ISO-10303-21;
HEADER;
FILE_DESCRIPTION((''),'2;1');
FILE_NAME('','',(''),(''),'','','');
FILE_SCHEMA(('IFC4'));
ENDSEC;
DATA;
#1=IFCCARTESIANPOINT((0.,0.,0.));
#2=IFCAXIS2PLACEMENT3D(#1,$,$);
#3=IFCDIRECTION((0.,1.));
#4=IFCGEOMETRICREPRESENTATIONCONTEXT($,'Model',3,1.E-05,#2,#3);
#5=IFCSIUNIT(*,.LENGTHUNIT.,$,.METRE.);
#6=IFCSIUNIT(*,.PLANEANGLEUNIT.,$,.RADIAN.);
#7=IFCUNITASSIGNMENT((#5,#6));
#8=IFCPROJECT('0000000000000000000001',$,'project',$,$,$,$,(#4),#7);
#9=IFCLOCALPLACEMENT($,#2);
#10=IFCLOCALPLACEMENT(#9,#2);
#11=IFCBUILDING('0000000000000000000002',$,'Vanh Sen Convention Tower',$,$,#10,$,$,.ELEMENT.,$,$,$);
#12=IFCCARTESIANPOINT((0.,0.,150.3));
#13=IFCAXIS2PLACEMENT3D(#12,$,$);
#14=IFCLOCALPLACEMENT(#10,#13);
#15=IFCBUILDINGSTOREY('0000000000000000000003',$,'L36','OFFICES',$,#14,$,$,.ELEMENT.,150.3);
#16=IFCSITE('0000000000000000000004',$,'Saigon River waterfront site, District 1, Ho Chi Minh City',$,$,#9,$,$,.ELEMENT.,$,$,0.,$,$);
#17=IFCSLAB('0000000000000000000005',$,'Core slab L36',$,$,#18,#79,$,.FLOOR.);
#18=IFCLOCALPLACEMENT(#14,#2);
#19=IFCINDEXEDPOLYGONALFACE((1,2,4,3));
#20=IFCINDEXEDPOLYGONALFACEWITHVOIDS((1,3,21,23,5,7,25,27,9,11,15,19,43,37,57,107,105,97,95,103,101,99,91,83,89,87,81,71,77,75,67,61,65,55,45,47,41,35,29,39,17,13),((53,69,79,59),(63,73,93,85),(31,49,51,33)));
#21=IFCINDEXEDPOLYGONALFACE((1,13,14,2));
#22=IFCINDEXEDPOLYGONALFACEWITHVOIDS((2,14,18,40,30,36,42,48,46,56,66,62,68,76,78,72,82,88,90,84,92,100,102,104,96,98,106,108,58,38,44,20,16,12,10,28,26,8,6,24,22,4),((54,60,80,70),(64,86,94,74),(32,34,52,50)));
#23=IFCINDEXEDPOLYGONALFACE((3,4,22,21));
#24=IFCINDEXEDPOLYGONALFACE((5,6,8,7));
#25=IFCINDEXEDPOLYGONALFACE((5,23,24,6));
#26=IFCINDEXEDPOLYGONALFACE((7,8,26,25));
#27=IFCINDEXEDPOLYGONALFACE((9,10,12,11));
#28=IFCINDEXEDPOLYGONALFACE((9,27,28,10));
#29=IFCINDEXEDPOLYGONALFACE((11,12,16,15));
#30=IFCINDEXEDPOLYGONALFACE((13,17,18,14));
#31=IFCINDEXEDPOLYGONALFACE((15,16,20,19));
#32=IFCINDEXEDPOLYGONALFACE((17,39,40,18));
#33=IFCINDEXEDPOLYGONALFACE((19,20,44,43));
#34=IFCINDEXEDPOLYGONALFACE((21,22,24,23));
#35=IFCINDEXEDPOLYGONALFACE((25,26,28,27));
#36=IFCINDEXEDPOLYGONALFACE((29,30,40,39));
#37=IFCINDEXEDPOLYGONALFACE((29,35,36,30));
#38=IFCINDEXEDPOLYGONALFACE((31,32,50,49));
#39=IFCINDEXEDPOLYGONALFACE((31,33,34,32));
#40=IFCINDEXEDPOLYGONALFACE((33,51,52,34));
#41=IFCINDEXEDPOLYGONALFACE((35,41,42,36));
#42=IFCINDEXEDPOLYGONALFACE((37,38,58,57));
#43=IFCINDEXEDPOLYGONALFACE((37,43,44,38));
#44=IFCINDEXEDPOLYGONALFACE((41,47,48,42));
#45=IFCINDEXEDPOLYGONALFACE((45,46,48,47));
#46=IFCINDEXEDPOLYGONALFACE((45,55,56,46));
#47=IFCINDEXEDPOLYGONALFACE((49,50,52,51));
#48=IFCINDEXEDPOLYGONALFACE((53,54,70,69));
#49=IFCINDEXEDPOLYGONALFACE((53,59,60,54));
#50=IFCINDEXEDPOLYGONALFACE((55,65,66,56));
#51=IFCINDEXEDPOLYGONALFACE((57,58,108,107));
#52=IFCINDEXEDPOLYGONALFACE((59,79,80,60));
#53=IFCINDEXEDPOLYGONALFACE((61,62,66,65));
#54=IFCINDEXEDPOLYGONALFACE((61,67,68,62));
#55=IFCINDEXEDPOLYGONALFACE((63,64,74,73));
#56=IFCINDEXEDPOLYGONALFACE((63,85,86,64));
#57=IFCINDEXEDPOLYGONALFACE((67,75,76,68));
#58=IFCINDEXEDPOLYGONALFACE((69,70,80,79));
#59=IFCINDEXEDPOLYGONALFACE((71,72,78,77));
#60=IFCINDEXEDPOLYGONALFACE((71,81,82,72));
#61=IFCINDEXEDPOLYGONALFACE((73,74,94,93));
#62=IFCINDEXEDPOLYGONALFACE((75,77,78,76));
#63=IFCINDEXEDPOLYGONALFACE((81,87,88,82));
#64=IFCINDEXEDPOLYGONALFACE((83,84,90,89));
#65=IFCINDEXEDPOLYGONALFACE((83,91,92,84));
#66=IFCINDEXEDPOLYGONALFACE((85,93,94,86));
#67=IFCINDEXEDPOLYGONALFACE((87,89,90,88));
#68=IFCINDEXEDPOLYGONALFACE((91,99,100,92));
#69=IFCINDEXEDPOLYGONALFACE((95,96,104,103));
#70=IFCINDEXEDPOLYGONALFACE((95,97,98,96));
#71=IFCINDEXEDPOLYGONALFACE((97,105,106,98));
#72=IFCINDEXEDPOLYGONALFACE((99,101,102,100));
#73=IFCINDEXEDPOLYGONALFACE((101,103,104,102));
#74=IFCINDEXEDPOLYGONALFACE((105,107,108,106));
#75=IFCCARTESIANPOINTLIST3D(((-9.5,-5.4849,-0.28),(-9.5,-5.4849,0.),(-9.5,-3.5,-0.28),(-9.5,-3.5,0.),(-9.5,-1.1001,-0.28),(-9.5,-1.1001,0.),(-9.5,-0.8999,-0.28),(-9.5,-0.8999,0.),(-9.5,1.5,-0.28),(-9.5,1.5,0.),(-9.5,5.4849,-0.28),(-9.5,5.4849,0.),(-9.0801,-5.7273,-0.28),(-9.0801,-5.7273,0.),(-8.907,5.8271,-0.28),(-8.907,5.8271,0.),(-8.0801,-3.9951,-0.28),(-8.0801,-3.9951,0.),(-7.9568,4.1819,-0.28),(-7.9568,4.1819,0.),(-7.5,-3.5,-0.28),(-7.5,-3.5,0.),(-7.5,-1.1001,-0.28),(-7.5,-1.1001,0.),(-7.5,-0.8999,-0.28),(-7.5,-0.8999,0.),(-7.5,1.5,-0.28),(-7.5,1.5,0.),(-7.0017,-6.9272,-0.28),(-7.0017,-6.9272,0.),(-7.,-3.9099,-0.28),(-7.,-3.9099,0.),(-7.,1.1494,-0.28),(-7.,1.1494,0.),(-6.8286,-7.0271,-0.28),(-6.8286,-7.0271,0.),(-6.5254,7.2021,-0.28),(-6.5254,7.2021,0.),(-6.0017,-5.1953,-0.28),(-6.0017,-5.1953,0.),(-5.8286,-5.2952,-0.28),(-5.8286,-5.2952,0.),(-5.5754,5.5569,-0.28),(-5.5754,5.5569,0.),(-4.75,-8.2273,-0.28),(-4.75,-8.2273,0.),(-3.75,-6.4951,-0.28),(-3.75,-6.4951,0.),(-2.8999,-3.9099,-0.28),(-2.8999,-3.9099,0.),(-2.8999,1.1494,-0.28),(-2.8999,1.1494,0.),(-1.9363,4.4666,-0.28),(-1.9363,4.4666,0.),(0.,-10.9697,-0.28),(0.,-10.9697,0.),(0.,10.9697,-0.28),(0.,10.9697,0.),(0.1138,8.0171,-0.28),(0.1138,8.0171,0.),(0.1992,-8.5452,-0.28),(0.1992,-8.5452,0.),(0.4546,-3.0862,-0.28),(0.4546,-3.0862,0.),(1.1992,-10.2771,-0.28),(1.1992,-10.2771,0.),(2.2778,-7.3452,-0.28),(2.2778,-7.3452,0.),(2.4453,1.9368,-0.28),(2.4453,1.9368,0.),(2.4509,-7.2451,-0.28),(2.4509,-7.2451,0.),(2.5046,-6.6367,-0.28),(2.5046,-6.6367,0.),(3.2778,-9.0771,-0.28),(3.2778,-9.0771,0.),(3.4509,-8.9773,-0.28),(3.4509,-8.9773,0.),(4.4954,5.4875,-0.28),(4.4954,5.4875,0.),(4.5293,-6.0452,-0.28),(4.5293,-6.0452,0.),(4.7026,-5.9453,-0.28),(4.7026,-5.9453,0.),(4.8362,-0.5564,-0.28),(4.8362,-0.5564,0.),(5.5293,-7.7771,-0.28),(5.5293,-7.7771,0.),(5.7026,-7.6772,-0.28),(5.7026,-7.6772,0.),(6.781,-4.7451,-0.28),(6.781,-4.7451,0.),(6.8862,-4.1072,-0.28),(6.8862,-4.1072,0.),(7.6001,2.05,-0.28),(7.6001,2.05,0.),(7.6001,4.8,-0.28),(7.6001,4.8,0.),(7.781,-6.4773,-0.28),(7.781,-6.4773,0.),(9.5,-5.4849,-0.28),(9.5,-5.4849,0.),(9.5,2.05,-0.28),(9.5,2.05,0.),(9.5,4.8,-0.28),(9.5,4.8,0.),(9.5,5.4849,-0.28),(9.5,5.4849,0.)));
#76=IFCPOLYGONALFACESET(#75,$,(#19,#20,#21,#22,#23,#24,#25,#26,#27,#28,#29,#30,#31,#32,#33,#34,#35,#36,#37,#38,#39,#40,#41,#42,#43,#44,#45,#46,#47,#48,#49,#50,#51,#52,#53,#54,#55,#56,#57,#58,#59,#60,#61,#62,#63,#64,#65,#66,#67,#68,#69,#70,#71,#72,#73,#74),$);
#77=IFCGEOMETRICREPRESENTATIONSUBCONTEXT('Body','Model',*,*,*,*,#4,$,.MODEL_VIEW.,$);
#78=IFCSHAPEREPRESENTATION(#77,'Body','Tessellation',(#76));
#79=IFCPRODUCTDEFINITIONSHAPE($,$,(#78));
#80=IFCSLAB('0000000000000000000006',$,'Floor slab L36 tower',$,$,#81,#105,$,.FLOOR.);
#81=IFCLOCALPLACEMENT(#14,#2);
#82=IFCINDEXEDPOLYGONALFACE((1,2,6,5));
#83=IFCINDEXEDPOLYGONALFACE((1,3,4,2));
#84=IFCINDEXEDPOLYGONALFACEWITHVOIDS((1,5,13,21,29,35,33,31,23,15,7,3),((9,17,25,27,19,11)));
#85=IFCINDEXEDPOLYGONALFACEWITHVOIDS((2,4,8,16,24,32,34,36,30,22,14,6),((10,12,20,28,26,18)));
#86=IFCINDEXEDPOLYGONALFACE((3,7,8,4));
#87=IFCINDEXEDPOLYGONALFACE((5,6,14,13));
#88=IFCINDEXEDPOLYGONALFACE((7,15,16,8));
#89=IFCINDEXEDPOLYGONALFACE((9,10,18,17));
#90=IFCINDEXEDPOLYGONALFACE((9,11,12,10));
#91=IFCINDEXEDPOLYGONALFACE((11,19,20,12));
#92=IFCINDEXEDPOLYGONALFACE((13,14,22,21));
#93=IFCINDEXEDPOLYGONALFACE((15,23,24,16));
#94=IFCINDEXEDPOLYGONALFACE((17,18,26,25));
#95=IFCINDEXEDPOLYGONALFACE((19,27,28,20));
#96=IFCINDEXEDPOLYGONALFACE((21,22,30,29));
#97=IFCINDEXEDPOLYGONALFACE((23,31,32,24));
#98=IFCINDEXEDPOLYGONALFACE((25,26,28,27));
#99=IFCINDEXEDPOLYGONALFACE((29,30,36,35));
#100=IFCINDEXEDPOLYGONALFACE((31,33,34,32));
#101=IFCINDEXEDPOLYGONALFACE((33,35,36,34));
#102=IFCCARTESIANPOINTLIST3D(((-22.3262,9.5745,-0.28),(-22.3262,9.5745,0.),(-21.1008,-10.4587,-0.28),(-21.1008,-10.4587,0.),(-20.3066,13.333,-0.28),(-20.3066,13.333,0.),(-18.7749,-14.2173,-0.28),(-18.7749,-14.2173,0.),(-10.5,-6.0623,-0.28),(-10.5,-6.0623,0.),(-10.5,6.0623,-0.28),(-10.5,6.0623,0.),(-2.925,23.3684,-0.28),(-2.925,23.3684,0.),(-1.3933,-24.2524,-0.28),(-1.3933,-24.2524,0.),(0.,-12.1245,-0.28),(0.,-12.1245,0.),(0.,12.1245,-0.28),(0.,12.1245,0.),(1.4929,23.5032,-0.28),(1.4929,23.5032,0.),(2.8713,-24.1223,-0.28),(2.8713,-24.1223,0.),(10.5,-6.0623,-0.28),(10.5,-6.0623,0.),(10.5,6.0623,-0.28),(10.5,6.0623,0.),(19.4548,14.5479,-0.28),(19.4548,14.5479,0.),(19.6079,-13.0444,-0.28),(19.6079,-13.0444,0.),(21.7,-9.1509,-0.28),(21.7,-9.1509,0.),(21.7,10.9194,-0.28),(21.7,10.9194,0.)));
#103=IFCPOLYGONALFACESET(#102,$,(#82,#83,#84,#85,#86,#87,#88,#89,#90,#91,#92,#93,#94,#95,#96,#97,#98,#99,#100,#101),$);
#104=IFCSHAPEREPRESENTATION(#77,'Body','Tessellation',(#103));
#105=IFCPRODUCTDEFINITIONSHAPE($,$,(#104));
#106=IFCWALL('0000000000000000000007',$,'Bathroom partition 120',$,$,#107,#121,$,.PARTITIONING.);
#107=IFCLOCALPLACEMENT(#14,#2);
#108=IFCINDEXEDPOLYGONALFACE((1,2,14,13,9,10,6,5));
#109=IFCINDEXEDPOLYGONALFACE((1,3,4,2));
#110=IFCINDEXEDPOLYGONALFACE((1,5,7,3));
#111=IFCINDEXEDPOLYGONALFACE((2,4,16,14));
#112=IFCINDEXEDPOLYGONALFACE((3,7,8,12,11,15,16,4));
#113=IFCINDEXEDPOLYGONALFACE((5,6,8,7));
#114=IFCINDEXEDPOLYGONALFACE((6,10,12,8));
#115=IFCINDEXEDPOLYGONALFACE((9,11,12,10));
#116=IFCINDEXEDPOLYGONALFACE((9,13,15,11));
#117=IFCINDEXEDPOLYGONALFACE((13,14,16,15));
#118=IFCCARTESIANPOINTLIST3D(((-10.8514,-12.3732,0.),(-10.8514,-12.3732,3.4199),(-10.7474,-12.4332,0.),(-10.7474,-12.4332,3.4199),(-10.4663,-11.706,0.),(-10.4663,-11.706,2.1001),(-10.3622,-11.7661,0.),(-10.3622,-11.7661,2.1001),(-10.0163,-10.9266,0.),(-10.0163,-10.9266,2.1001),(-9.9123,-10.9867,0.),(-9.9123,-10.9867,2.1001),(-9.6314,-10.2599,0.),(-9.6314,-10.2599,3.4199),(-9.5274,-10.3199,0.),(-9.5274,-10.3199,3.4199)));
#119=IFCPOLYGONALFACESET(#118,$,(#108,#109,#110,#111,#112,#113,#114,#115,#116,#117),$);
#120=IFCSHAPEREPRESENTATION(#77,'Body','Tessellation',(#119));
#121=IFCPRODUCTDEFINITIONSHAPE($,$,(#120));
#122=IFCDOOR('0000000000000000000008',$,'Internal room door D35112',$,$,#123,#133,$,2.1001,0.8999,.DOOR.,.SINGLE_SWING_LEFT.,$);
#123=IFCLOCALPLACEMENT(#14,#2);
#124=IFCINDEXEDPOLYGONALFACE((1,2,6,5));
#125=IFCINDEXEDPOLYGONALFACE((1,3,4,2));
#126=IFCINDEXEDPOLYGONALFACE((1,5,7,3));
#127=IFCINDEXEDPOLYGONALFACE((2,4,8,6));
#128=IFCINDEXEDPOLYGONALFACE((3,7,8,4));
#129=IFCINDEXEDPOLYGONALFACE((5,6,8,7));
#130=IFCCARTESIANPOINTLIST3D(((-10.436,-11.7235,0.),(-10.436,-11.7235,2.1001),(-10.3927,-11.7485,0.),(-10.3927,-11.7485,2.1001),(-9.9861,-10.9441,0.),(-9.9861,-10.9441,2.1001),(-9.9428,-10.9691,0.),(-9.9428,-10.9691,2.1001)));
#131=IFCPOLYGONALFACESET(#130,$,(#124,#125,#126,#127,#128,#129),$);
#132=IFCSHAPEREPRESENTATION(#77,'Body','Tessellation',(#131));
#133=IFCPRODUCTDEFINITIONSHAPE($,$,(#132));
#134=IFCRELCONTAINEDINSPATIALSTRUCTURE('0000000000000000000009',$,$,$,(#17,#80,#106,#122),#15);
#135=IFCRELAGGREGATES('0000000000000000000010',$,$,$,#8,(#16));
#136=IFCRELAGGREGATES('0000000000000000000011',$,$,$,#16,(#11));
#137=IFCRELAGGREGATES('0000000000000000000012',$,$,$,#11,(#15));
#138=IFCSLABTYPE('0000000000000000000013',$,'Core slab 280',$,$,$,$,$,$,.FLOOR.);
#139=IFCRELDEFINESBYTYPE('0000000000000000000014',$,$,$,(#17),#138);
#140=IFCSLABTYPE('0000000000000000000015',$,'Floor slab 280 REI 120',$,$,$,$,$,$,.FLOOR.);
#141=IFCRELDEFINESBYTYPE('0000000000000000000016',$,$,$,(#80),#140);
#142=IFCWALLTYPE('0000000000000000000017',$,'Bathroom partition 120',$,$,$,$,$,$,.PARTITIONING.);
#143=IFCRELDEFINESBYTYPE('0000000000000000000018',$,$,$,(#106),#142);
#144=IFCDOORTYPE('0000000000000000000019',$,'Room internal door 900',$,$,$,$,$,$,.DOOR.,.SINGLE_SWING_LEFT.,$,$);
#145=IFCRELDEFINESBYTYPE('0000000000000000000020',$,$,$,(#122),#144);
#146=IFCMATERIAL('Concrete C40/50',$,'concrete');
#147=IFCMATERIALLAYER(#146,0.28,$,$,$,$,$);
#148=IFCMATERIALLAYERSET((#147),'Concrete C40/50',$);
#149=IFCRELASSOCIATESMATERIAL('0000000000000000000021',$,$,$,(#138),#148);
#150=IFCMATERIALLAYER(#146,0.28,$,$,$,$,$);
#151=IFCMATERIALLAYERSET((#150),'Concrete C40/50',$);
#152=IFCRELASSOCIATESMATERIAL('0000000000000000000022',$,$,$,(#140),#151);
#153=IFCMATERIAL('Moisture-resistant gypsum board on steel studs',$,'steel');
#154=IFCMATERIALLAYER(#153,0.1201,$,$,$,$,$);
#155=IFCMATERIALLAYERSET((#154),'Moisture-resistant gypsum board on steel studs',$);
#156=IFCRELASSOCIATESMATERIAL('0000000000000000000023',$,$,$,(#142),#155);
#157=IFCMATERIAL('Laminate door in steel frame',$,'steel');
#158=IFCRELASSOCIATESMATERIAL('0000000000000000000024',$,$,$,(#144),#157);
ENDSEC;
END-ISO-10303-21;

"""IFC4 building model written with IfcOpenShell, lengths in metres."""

from ifc_helpers import new_model, si_unit, direction, frame, frame_2d, origin, place, context, subcontext, project, spatial, polyline, rectangle, outline, extrude, material, layer, layer_set, type_object, element, fill, save


model = new_model("IFC4")

# Units and contexts
model_context = context("Model", 3, precision=1e-05, world=origin(), true_north=direction((0.0, 1.0)))
body_context = subcontext(model_context, "Body", "Model", "MODEL_VIEW")
ifc_project = project(units=[si_unit("LENGTHUNIT", "METRE"), si_unit("PLANEANGLEUNIT", "RADIAN")], contexts=[model_context])

# Site, building, storey
site_placement = place(None, origin())
site = spatial("IfcSite", under=ifc_project, at=site_placement, Name="Saigon River waterfront site, District 1, Ho Chi Minh City", CompositionType="ELEMENT", RefElevation=0.0)
building_placement = place(site_placement, origin())
building = spatial("IfcBuilding", under=site, at=building_placement, Name="Vanh Sen Convention Tower", CompositionType="ELEMENT")
storey_placement = place(building_placement, frame((0.0, 0.0, 150.3)))
storey = spatial("IfcBuildingStorey", under=building, at=storey_placement, Name="L36", Description="OFFICES", CompositionType="ELEMENT", Elevation=150.3)

# Slabs
ifc_material_1 = material(Name="Concrete C40/50", Category="concrete")
ifc_layer_1 = layer(ifc_material_1, 0.28)
ifc_layer_set_1 = layer_set([ifc_layer_1], Name="Concrete C40/50")
slab_type_1 = type_object("IfcSlabType", Name="Core slab 280", PredefinedType="FLOOR", material=ifc_layer_set_1)
slab_1_placement = place(storey_placement, frame((0.0, 0.0, -0.28)))
element("IfcSlab", 1, at=slab_1_placement, inside=storey, type_object=slab_type_1, Name="Core slab L36", PredefinedType="FLOOR", context=body_context, shape_type="SweptSolid", body=[
    extrude(outline(polyline([(0.0, 10.9697), (9.5, 5.4849), (9.5, 4.8), (7.6001, 4.8), (7.6001, 2.05), (9.5, 2.05), (9.5, -5.4849), (7.781, -6.4773), (6.781, -4.7451), (4.7026, -5.9453), (5.7026, -7.6772), (5.5293, -7.7771), (4.5293, -6.0452), (2.4509, -7.2451), (3.4509, -8.9773), (3.2778, -9.0771), (2.2778, -7.3452), (0.1992, -8.5452), (1.1992, -10.2771), (0.0, -10.9697), (-4.75, -8.2273), (-3.75, -6.4951), (-5.8286, -5.2952), (-6.8286, -7.0271), (-7.0017, -6.9272), (-6.0017, -5.1953), (-8.0801, -3.9951), (-9.0801, -5.7273), (-9.5, -5.4849), (-9.5, -3.5), (-7.5, -3.5), (-7.5, -1.1001), (-9.5, -1.1001), (-9.5, -0.8999), (-7.5, -0.8999), (-7.5, 1.5), (-9.5, 1.5), (-9.5, 5.4849), (-8.907, 5.8271), (-7.9568, 4.1819), (-5.5754, 5.5569), (-6.5254, 7.2021), (0.0, 10.9697)]), holes=[polyline([(-7.0, 1.1494), (-7.0, -3.9099), (-2.8999, -3.9099), (-2.8999, 1.1494), (-7.0, 1.1494)]), polyline([(2.5046, -6.6367), (6.8862, -4.1072), (4.8362, -0.5564), (0.4546, -3.0862), (2.5046, -6.6367)]), polyline([(0.1138, 8.0171), (-1.9363, 4.4666), (2.4453, 1.9368), (4.4954, 5.4875), (0.1138, 8.0171)])]), origin(), (0.0, 0.0, 1.0), 0.28),
])
ifc_layer_2 = layer(ifc_material_1, 0.28)
ifc_layer_set_2 = layer_set([ifc_layer_2], Name="Concrete C40/50")
slab_type_2 = type_object("IfcSlabType", Name="Floor slab 280 REI 120", PredefinedType="FLOOR", material=ifc_layer_set_2)
slab_2_placement = place(storey_placement, frame((0.0, 0.0, -0.28)))
element("IfcSlab", 2, at=slab_2_placement, inside=storey, type_object=slab_type_2, Name="Floor slab L36 tower", PredefinedType="FLOOR", context=body_context, shape_type="SweptSolid", body=[
    extrude(outline(polyline([(21.7, -9.1509), (21.7, 10.9194), (19.4548, 14.5479), (1.4929, 23.5032), (-2.925, 23.3684), (-20.3066, 13.333), (-22.3262, 9.5745), (-21.1008, -10.4587), (-18.7749, -14.2173), (-1.3933, -24.2524), (2.8713, -24.1223), (19.6079, -13.0444), (21.7, -9.1509)]), holes=[polyline([(0.0, 12.1245), (-10.5, 6.0623), (-10.5, -6.0623), (0.0, -12.1245), (10.5, -6.0623), (10.5, 6.0623), (0.0, 12.1245)])]), origin(), (0.0, 0.0, 1.0), 0.28),
])

# Wall, opening, door
ifc_material_2 = material(Name="Moisture-resistant gypsum board on steel studs", Category="steel")
ifc_layer_3 = layer(ifc_material_2, 0.1201)
ifc_layer_set_3 = layer_set([ifc_layer_3], Name="Moisture-resistant gypsum board on steel studs")
wall_type_1 = type_object("IfcWallType", Name="Bathroom partition 120", PredefinedType="PARTITIONING", material=ifc_layer_set_3)
wall_1_placement = place(storey_placement, frame((-9.5793, -10.2898, 0.0), z_axis=(0.0, 0.0, 1.0), x_axis=(-0.499959, -0.866049, 0.0)))
wall_1 = element("IfcWall", 3, at=wall_1_placement, inside=storey, type_object=wall_type_1, Name="Bathroom partition 120", PredefinedType="PARTITIONING", context=body_context, shape_type="SweptSolid", body=[
    extrude(rectangle(XDim=2.4402, YDim=0.1201, at=frame_2d((1.2202, 0.0))), origin(), (0.0, 0.0, 1.0), 3.4199),
])
opening_1_placement = place(wall_1_placement, frame((0.77, 0.0, 0.0)))
opening_1 = element("IfcOpeningElement", 4, at=opening_1_placement, cuts=wall_1, PredefinedType="OPENING", context=body_context, shape_type="SweptSolid", body=[
    extrude(rectangle(XDim=0.8999, YDim=2.1001, at=frame_2d((0.45, 1.05))), frame((0.0, 0.0701, 0.0), z_axis=(0.0, -1.0, 0.0), x_axis=(1.0, 0.0, 0.0)), (0.0, 0.0, 1.0), 0.1401),
])
ifc_material_3 = material(Name="Laminate door in steel frame", Category="steel")
door_type_1 = type_object("IfcDoorType", Name="Room internal door 900", OperationType="SINGLE_SWING_LEFT", PredefinedType="DOOR", material=ifc_material_3)
door_1_placement = place(opening_1_placement, origin())
door_1 = element("IfcDoor", 5, at=door_1_placement, inside=storey, type_object=door_type_1, Name="Internal room door D35112", OperationType="SINGLE_SWING_LEFT", OverallHeight=2.1001, OverallWidth=0.8999, PredefinedType="DOOR", context=body_context, shape_type="SweptSolid", body=[
    extrude(rectangle(XDim=0.8999, YDim=2.1001, at=frame_2d((0.45, 1.05))), frame((0.0, 0.0249, 0.0), z_axis=(0.0, -1.0, 0.0), x_axis=(1.0, 0.0, 0.0)), (0.0, 0.0, 1.0), 0.05),
])
fill(opening_1, door_1)

save(model, "model.ifc")
